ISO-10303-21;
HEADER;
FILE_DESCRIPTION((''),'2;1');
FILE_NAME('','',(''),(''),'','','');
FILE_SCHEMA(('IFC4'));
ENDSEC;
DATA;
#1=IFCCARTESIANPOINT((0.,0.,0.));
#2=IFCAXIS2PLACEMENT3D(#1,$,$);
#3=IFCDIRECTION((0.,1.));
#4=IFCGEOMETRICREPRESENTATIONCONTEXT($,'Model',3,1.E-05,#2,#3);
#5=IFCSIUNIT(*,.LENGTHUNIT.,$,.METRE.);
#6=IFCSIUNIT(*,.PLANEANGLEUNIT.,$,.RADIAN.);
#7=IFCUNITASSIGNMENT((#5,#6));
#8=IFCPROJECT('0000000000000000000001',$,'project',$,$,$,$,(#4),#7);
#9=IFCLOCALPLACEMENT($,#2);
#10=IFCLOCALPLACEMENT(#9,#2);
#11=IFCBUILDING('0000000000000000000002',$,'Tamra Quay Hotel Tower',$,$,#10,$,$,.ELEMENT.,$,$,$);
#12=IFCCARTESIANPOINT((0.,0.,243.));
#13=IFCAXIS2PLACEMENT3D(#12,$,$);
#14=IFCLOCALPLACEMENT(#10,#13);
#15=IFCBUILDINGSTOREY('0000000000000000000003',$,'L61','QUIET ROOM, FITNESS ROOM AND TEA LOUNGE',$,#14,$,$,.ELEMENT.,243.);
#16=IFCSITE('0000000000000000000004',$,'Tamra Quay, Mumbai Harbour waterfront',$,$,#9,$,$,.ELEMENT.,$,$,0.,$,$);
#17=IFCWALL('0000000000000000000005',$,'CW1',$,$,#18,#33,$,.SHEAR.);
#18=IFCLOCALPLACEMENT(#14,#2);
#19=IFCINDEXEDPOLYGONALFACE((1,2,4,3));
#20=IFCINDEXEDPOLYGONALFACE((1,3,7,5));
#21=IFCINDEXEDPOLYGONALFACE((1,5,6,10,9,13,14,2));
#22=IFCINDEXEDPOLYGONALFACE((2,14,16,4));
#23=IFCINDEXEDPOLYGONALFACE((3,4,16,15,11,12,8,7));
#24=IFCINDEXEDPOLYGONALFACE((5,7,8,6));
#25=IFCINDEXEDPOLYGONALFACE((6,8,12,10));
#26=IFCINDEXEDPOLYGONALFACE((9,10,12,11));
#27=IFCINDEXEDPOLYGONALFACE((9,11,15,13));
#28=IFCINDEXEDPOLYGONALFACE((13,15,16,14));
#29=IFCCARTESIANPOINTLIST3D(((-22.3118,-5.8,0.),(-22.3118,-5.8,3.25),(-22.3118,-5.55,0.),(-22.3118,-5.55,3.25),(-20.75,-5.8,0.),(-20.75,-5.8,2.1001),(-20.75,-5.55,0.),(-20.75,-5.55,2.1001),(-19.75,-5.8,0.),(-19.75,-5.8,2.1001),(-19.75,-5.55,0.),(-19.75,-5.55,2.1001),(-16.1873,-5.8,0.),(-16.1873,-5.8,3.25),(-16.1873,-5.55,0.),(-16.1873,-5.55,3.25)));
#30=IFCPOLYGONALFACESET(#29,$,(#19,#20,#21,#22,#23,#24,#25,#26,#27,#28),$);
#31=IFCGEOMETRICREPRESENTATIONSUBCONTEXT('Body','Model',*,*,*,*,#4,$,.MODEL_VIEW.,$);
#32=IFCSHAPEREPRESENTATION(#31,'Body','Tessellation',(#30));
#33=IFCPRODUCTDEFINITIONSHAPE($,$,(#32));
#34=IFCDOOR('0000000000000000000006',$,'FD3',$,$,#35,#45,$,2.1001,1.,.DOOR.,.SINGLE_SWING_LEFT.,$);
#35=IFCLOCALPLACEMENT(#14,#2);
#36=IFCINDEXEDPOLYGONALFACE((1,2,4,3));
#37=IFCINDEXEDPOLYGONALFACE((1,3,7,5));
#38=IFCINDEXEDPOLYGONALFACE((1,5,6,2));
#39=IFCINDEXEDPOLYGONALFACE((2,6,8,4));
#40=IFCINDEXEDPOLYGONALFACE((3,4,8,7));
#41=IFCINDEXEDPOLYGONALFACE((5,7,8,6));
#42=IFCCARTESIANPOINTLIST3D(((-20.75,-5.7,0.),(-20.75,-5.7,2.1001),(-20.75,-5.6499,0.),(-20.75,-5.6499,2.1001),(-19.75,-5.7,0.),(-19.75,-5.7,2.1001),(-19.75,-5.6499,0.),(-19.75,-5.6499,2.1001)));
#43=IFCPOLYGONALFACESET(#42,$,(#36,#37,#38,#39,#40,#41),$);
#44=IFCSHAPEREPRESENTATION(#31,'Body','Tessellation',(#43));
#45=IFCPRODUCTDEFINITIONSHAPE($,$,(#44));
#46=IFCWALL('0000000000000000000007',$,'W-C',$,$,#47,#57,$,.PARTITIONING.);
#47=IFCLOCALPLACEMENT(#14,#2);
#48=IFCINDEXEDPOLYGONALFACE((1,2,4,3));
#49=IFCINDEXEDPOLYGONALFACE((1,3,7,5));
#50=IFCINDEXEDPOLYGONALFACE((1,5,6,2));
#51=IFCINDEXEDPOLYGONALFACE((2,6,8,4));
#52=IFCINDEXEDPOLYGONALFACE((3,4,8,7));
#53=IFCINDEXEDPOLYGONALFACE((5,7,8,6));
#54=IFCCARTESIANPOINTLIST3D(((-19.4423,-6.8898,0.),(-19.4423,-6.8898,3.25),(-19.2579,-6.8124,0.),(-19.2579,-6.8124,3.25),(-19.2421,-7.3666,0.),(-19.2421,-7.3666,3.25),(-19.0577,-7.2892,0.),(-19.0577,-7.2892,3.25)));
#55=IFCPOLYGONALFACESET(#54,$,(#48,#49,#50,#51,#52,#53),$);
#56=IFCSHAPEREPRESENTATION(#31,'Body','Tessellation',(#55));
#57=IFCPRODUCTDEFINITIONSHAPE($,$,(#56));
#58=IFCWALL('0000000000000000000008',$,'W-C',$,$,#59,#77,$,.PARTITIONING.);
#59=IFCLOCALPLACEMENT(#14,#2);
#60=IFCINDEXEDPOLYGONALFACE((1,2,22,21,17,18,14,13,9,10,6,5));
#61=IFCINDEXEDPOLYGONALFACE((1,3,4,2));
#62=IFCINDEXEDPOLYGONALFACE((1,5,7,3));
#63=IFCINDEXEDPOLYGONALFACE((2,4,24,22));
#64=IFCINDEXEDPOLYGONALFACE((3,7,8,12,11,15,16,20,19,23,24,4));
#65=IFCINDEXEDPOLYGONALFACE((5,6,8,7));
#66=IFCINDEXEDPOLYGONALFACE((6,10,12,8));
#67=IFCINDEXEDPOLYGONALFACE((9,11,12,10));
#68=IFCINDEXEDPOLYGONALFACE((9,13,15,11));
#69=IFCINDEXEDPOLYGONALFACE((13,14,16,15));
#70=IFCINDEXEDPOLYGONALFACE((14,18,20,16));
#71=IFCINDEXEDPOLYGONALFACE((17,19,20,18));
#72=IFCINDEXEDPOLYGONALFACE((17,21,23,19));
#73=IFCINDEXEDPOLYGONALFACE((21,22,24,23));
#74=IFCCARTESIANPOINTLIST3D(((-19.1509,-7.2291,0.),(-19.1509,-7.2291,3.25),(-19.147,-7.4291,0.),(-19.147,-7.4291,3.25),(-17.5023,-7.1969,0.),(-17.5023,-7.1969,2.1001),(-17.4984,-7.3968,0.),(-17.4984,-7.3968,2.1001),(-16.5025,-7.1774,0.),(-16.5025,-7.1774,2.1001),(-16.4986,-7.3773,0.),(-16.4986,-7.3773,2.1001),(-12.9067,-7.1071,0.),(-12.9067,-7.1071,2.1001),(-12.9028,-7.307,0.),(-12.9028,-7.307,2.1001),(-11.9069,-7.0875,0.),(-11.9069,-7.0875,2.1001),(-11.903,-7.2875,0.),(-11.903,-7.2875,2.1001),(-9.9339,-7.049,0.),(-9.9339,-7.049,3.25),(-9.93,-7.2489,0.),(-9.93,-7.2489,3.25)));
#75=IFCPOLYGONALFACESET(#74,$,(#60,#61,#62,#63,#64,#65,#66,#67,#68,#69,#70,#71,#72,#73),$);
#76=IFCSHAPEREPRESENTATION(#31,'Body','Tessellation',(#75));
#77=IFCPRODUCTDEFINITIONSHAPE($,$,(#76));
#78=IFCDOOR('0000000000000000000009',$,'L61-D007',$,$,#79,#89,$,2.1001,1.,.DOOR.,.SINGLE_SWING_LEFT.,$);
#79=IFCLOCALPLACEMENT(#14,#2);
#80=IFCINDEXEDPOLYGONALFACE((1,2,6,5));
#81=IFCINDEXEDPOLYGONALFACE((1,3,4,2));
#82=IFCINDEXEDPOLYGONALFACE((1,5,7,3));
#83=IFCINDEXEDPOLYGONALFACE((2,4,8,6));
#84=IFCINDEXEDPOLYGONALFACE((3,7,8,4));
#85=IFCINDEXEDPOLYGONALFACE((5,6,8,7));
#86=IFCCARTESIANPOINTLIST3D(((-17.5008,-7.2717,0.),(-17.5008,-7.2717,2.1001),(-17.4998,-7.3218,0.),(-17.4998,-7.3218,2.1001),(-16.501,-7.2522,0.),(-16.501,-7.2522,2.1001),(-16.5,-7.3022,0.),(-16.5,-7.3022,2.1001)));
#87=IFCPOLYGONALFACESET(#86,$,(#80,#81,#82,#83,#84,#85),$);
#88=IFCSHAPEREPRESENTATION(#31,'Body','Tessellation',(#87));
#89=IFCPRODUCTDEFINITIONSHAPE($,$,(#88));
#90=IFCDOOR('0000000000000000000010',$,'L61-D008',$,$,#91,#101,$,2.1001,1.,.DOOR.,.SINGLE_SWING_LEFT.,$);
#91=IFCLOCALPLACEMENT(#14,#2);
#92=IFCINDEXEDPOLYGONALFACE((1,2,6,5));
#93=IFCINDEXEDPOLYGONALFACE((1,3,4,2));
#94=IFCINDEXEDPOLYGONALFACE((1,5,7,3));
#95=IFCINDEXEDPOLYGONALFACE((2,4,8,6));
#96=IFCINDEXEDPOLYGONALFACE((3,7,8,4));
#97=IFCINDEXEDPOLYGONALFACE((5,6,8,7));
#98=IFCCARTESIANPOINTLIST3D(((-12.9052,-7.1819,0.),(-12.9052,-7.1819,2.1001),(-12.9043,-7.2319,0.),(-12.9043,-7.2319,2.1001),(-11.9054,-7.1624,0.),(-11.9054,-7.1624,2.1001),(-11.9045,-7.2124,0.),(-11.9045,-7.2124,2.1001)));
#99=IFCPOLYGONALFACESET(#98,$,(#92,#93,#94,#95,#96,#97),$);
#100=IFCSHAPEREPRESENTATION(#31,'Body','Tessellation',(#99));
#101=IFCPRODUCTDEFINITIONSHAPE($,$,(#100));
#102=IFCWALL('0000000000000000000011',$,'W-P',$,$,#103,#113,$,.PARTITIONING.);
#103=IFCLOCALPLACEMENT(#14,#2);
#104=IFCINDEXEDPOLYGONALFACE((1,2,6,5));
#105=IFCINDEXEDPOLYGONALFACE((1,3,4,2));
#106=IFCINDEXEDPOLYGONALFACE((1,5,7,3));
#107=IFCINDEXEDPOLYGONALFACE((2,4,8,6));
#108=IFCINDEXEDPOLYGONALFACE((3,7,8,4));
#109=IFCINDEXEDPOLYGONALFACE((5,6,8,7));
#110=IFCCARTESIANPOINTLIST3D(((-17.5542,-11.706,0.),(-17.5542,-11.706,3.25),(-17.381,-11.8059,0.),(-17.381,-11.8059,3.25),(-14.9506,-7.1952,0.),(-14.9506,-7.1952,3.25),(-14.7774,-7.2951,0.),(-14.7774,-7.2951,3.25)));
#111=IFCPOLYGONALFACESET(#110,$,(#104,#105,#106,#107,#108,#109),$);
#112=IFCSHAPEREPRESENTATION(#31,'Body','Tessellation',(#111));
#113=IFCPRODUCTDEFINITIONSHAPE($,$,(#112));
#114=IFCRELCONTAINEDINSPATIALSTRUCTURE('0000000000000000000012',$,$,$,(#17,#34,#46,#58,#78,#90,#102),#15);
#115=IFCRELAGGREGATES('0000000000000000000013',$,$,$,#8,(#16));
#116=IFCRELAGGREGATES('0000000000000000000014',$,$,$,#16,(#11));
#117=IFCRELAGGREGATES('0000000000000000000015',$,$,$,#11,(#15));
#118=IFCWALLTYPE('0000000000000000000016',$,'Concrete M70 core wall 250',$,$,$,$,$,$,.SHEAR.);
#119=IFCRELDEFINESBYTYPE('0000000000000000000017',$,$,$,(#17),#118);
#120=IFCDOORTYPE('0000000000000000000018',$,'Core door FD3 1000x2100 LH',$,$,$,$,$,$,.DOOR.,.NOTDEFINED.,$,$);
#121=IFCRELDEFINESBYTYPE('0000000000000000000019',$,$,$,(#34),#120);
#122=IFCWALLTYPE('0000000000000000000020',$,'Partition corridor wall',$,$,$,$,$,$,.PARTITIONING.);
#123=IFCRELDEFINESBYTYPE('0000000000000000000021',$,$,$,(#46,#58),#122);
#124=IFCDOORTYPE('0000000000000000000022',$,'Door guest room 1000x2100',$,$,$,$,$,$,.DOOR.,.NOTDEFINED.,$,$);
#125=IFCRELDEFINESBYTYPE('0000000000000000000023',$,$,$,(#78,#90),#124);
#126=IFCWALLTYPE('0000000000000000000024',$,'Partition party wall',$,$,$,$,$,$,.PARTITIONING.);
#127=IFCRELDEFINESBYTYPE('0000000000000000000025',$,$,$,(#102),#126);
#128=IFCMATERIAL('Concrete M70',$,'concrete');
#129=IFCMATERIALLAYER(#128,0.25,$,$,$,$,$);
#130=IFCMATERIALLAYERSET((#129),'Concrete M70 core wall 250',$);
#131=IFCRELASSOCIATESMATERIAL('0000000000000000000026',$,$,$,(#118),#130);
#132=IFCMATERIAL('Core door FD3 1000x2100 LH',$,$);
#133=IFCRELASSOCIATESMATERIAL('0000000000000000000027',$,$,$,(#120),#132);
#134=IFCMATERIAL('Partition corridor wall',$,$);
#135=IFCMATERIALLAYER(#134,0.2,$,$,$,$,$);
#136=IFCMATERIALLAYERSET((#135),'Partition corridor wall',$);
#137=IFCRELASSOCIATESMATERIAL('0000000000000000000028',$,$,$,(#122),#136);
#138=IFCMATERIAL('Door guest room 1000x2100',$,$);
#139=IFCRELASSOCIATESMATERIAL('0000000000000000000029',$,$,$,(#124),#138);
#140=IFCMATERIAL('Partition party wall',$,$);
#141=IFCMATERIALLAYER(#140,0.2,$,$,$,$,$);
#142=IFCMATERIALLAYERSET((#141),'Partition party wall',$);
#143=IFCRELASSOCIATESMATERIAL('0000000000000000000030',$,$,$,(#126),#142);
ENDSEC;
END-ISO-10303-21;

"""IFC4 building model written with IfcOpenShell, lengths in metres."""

from ifc_helpers import new_model, si_unit, direction, frame, frame_2d, origin, place, context, subcontext, project, spatial, rectangle, extrude, material, layer, layer_set, type_object, element, fill, save


model = new_model("IFC4")

# Units and contexts
model_context = context("Model", 3, precision=1e-05, world=origin(), true_north=direction((0.0, 1.0)))
body_context = subcontext(model_context, "Body", "Model", "MODEL_VIEW")
ifc_project = project(units=[si_unit("LENGTHUNIT", "METRE"), si_unit("PLANEANGLEUNIT", "RADIAN")], contexts=[model_context])

# Site, building, storey
site_placement = place(None, origin())
site = spatial("IfcSite", under=ifc_project, at=site_placement, Name="Tamra Quay, Mumbai Harbour waterfront", CompositionType="ELEMENT", RefElevation=0.0)
building_placement = place(site_placement, origin())
building = spatial("IfcBuilding", under=site, at=building_placement, Name="Tamra Quay Hotel Tower", CompositionType="ELEMENT")
storey_placement = place(building_placement, frame((0.0, 0.0, 243.0)))
storey = spatial("IfcBuildingStorey", under=building, at=storey_placement, Name="L61", Description="QUIET ROOM, FITNESS ROOM AND TEA LOUNGE", CompositionType="ELEMENT", Elevation=243.0)

# Shared definitions
ifc_material_1 = material(Name="Concrete M70", Category="concrete")

# Wall, opening, door
ifc_layer_1 = layer(ifc_material_1, 0.25)
ifc_layer_set_1 = layer_set([ifc_layer_1], Name="Concrete M70 core wall 250")
wall_type_1 = type_object("IfcWallType", Name="Concrete M70 core wall 250", PredefinedType="SHEAR", material=ifc_layer_set_1)
wall_1_placement = place(storey_placement, frame((-16.1873, -5.675, 0.0), z_axis=(0.0, 0.0, 1.0), x_axis=(-1.0, 0.0, 0.0)))
wall_1 = element("IfcWall", 1, at=wall_1_placement, inside=storey, type_object=wall_type_1, Name="CW1", PredefinedType="SHEAR", context=body_context, shape_type="SweptSolid", body=[
    extrude(rectangle(XDim=6.1245, YDim=0.25, at=frame_2d((3.0623, 0.0))), origin(), (0.0, 0.0, 1.0), 3.25),
])
opening_1_placement = place(wall_1_placement, frame((3.5627, 0.0, 0.0)))
opening_1 = element("IfcOpeningElement", 2, at=opening_1_placement, cuts=wall_1, PredefinedType="OPENING", context=body_context, shape_type="SweptSolid", body=[
    extrude(rectangle(XDim=1.0, YDim=2.1001, at=frame_2d((0.5, 1.05))), frame((0.0, 0.135, 0.0), z_axis=(0.0, -1.0, 0.0), x_axis=(1.0, 0.0, 0.0)), (0.0, 0.0, 1.0), 0.27),
])
ifc_material_2 = material(Name="Core door FD3 1000x2100 LH")
door_type_1 = type_object("IfcDoorType", Name="Core door FD3 1000x2100 LH", OperationType="NOTDEFINED", PredefinedType="DOOR", material=ifc_material_2)
door_1_placement = place(opening_1_placement, origin())
door_1 = element("IfcDoor", 3, at=door_1_placement, inside=storey, type_object=door_type_1, Name="FD3", OperationType="SINGLE_SWING_LEFT", OverallHeight=2.1001, OverallWidth=1.0, PredefinedType="DOOR", context=body_context, shape_type="SweptSolid", body=[
    extrude(rectangle(XDim=1.0, YDim=2.1001, at=frame_2d((0.5, 1.05))), frame((0.0, 0.0249, 0.0), z_axis=(0.0, -1.0, 0.0), x_axis=(1.0, 0.0, 0.0)), (0.0, 0.0, 1.0), 0.05),
])
fill(opening_1, door_1)

# Wall
ifc_material_3 = material(Name="Partition corridor wall")
ifc_layer_2 = layer(ifc_material_3, 0.2)
ifc_layer_set_2 = layer_set([ifc_layer_2], Name="Partition corridor wall")
wall_type_2 = type_object("IfcWallType", Name="Partition corridor wall", PredefinedType="PARTITIONING", material=ifc_layer_set_2)
wall_2_placement = place(storey_placement, frame((-19.1499, -7.3279, 0.0), z_axis=(0.0, 0.0, 1.0), x_axis=(-0.387128, 0.922026, 0.0)))
element("IfcWall", 4, at=wall_2_placement, inside=storey, type_object=wall_type_2, Name="W-C", PredefinedType="PARTITIONING", context=body_context, shape_type="SweptSolid", body=[
    extrude(rectangle(XDim=0.5171, YDim=0.2, at=frame_2d((0.2585, 0.0))), origin(), (0.0, 0.0, 1.0), 3.25),
])

# Wall, openings, doors
wall_3_placement = place(storey_placement, frame((-19.1489, -7.3291, 0.0), z_axis=(0.0, 0.0, 1.0), x_axis=(0.999809, 0.019544, 0.0)))
wall_3 = element("IfcWall", 5, at=wall_3_placement, inside=storey, type_object=wall_type_2, Name="W-C", PredefinedType="PARTITIONING", context=body_context, shape_type="SweptSolid", body=[
    extrude(rectangle(XDim=9.2188, YDim=0.2, at=frame_2d((4.6094, 0.0))), origin(), (0.0, 0.0, 1.0), 3.25),
])
opening_2_placement = place(wall_3_placement, frame((1.6489, 0.0, 0.0)))
opening_2 = element("IfcOpeningElement", 6, at=opening_2_placement, cuts=wall_3, PredefinedType="OPENING", context=body_context, shape_type="SweptSolid", body=[
    extrude(rectangle(XDim=1.0, YDim=2.1001, at=frame_2d((0.5, 1.05))), frame((0.0, 0.1099, 0.0), z_axis=(0.0, -1.0, 0.0), x_axis=(1.0, 0.0, 0.0)), (0.0, 0.0, 1.0), 0.22),
])
opening_3_placement = place(wall_3_placement, frame((6.2454, 0.0, 0.0)))
opening_3 = element("IfcOpeningElement", 7, at=opening_3_placement, cuts=wall_3, PredefinedType="OPENING", context=body_context, shape_type="SweptSolid", body=[
    extrude(rectangle(XDim=1.0, YDim=2.1001, at=frame_2d((0.5, 1.05))), frame((0.0, 0.1099, 0.0), z_axis=(0.0, -1.0, 0.0), x_axis=(1.0, 0.0, 0.0)), (0.0, 0.0, 1.0), 0.22),
])
ifc_material_4 = material(Name="Door guest room 1000x2100")
door_type_2 = type_object("IfcDoorType", Name="Door guest room 1000x2100", OperationType="NOTDEFINED", PredefinedType="DOOR", material=ifc_material_4)
door_2_placement = place(opening_2_placement, frame((1.0, 0.0, 0.0), z_axis=(0.0, 0.0, 1.0), x_axis=(-1.0, 0.0, 0.0)))
door_2 = element("IfcDoor", 8, at=door_2_placement, inside=storey, type_object=door_type_2, Name="L61-D007", OperationType="SINGLE_SWING_LEFT", OverallHeight=2.1001, OverallWidth=1.0, PredefinedType="DOOR", context=body_context, shape_type="SweptSolid", body=[
    extrude(rectangle(XDim=1.0, YDim=2.1001, at=frame_2d((0.5, 1.05))), frame((0.0, 0.0249, 0.0), z_axis=(0.0, -1.0, 0.0), x_axis=(1.0, 0.0, 0.0)), (0.0, 0.0, 1.0), 0.05),
])
fill(opening_2, door_2)
door_3_placement = place(opening_3_placement, frame((1.0, 0.0, 0.0), z_axis=(0.0, 0.0, 1.0), x_axis=(-1.0, 0.0, 0.0)))
door_3 = element("IfcDoor", 9, at=door_3_placement, inside=storey, type_object=door_type_2, Name="L61-D008", OperationType="SINGLE_SWING_LEFT", OverallHeight=2.1001, OverallWidth=1.0, PredefinedType="DOOR", context=body_context, shape_type="SweptSolid", body=[
    extrude(rectangle(XDim=1.0, YDim=2.1001, at=frame_2d((0.5, 1.05))), frame((0.0, 0.0249, 0.0), z_axis=(0.0, -1.0, 0.0), x_axis=(1.0, 0.0, 0.0)), (0.0, 0.0, 1.0), 0.05),
])
fill(opening_3, door_3)

# Wall
ifc_material_5 = material(Name="Partition party wall")
ifc_layer_3 = layer(ifc_material_5, 0.2)
ifc_layer_set_3 = layer_set([ifc_layer_3], Name="Partition party wall")
wall_type_3 = type_object("IfcWallType", Name="Partition party wall", PredefinedType="PARTITIONING", material=ifc_layer_set_3)
wall_4_placement = place(storey_placement, frame((-17.4675, -11.7559, 0.0), z_axis=(0.0, 0.0, 1.0), x_axis=(0.49989, 0.866089, 0.0)))
element("IfcWall", 10, at=wall_4_placement, inside=storey, type_object=wall_type_3, Name="W-P", PredefinedType="PARTITIONING", context=body_context, shape_type="SweptSolid", body=[
    extrude(rectangle(XDim=5.2083, YDim=0.2, at=frame_2d((2.604, 0.0))), origin(), (0.0, 0.0, 1.0), 3.25),
])

save(model, "model.ifc")
